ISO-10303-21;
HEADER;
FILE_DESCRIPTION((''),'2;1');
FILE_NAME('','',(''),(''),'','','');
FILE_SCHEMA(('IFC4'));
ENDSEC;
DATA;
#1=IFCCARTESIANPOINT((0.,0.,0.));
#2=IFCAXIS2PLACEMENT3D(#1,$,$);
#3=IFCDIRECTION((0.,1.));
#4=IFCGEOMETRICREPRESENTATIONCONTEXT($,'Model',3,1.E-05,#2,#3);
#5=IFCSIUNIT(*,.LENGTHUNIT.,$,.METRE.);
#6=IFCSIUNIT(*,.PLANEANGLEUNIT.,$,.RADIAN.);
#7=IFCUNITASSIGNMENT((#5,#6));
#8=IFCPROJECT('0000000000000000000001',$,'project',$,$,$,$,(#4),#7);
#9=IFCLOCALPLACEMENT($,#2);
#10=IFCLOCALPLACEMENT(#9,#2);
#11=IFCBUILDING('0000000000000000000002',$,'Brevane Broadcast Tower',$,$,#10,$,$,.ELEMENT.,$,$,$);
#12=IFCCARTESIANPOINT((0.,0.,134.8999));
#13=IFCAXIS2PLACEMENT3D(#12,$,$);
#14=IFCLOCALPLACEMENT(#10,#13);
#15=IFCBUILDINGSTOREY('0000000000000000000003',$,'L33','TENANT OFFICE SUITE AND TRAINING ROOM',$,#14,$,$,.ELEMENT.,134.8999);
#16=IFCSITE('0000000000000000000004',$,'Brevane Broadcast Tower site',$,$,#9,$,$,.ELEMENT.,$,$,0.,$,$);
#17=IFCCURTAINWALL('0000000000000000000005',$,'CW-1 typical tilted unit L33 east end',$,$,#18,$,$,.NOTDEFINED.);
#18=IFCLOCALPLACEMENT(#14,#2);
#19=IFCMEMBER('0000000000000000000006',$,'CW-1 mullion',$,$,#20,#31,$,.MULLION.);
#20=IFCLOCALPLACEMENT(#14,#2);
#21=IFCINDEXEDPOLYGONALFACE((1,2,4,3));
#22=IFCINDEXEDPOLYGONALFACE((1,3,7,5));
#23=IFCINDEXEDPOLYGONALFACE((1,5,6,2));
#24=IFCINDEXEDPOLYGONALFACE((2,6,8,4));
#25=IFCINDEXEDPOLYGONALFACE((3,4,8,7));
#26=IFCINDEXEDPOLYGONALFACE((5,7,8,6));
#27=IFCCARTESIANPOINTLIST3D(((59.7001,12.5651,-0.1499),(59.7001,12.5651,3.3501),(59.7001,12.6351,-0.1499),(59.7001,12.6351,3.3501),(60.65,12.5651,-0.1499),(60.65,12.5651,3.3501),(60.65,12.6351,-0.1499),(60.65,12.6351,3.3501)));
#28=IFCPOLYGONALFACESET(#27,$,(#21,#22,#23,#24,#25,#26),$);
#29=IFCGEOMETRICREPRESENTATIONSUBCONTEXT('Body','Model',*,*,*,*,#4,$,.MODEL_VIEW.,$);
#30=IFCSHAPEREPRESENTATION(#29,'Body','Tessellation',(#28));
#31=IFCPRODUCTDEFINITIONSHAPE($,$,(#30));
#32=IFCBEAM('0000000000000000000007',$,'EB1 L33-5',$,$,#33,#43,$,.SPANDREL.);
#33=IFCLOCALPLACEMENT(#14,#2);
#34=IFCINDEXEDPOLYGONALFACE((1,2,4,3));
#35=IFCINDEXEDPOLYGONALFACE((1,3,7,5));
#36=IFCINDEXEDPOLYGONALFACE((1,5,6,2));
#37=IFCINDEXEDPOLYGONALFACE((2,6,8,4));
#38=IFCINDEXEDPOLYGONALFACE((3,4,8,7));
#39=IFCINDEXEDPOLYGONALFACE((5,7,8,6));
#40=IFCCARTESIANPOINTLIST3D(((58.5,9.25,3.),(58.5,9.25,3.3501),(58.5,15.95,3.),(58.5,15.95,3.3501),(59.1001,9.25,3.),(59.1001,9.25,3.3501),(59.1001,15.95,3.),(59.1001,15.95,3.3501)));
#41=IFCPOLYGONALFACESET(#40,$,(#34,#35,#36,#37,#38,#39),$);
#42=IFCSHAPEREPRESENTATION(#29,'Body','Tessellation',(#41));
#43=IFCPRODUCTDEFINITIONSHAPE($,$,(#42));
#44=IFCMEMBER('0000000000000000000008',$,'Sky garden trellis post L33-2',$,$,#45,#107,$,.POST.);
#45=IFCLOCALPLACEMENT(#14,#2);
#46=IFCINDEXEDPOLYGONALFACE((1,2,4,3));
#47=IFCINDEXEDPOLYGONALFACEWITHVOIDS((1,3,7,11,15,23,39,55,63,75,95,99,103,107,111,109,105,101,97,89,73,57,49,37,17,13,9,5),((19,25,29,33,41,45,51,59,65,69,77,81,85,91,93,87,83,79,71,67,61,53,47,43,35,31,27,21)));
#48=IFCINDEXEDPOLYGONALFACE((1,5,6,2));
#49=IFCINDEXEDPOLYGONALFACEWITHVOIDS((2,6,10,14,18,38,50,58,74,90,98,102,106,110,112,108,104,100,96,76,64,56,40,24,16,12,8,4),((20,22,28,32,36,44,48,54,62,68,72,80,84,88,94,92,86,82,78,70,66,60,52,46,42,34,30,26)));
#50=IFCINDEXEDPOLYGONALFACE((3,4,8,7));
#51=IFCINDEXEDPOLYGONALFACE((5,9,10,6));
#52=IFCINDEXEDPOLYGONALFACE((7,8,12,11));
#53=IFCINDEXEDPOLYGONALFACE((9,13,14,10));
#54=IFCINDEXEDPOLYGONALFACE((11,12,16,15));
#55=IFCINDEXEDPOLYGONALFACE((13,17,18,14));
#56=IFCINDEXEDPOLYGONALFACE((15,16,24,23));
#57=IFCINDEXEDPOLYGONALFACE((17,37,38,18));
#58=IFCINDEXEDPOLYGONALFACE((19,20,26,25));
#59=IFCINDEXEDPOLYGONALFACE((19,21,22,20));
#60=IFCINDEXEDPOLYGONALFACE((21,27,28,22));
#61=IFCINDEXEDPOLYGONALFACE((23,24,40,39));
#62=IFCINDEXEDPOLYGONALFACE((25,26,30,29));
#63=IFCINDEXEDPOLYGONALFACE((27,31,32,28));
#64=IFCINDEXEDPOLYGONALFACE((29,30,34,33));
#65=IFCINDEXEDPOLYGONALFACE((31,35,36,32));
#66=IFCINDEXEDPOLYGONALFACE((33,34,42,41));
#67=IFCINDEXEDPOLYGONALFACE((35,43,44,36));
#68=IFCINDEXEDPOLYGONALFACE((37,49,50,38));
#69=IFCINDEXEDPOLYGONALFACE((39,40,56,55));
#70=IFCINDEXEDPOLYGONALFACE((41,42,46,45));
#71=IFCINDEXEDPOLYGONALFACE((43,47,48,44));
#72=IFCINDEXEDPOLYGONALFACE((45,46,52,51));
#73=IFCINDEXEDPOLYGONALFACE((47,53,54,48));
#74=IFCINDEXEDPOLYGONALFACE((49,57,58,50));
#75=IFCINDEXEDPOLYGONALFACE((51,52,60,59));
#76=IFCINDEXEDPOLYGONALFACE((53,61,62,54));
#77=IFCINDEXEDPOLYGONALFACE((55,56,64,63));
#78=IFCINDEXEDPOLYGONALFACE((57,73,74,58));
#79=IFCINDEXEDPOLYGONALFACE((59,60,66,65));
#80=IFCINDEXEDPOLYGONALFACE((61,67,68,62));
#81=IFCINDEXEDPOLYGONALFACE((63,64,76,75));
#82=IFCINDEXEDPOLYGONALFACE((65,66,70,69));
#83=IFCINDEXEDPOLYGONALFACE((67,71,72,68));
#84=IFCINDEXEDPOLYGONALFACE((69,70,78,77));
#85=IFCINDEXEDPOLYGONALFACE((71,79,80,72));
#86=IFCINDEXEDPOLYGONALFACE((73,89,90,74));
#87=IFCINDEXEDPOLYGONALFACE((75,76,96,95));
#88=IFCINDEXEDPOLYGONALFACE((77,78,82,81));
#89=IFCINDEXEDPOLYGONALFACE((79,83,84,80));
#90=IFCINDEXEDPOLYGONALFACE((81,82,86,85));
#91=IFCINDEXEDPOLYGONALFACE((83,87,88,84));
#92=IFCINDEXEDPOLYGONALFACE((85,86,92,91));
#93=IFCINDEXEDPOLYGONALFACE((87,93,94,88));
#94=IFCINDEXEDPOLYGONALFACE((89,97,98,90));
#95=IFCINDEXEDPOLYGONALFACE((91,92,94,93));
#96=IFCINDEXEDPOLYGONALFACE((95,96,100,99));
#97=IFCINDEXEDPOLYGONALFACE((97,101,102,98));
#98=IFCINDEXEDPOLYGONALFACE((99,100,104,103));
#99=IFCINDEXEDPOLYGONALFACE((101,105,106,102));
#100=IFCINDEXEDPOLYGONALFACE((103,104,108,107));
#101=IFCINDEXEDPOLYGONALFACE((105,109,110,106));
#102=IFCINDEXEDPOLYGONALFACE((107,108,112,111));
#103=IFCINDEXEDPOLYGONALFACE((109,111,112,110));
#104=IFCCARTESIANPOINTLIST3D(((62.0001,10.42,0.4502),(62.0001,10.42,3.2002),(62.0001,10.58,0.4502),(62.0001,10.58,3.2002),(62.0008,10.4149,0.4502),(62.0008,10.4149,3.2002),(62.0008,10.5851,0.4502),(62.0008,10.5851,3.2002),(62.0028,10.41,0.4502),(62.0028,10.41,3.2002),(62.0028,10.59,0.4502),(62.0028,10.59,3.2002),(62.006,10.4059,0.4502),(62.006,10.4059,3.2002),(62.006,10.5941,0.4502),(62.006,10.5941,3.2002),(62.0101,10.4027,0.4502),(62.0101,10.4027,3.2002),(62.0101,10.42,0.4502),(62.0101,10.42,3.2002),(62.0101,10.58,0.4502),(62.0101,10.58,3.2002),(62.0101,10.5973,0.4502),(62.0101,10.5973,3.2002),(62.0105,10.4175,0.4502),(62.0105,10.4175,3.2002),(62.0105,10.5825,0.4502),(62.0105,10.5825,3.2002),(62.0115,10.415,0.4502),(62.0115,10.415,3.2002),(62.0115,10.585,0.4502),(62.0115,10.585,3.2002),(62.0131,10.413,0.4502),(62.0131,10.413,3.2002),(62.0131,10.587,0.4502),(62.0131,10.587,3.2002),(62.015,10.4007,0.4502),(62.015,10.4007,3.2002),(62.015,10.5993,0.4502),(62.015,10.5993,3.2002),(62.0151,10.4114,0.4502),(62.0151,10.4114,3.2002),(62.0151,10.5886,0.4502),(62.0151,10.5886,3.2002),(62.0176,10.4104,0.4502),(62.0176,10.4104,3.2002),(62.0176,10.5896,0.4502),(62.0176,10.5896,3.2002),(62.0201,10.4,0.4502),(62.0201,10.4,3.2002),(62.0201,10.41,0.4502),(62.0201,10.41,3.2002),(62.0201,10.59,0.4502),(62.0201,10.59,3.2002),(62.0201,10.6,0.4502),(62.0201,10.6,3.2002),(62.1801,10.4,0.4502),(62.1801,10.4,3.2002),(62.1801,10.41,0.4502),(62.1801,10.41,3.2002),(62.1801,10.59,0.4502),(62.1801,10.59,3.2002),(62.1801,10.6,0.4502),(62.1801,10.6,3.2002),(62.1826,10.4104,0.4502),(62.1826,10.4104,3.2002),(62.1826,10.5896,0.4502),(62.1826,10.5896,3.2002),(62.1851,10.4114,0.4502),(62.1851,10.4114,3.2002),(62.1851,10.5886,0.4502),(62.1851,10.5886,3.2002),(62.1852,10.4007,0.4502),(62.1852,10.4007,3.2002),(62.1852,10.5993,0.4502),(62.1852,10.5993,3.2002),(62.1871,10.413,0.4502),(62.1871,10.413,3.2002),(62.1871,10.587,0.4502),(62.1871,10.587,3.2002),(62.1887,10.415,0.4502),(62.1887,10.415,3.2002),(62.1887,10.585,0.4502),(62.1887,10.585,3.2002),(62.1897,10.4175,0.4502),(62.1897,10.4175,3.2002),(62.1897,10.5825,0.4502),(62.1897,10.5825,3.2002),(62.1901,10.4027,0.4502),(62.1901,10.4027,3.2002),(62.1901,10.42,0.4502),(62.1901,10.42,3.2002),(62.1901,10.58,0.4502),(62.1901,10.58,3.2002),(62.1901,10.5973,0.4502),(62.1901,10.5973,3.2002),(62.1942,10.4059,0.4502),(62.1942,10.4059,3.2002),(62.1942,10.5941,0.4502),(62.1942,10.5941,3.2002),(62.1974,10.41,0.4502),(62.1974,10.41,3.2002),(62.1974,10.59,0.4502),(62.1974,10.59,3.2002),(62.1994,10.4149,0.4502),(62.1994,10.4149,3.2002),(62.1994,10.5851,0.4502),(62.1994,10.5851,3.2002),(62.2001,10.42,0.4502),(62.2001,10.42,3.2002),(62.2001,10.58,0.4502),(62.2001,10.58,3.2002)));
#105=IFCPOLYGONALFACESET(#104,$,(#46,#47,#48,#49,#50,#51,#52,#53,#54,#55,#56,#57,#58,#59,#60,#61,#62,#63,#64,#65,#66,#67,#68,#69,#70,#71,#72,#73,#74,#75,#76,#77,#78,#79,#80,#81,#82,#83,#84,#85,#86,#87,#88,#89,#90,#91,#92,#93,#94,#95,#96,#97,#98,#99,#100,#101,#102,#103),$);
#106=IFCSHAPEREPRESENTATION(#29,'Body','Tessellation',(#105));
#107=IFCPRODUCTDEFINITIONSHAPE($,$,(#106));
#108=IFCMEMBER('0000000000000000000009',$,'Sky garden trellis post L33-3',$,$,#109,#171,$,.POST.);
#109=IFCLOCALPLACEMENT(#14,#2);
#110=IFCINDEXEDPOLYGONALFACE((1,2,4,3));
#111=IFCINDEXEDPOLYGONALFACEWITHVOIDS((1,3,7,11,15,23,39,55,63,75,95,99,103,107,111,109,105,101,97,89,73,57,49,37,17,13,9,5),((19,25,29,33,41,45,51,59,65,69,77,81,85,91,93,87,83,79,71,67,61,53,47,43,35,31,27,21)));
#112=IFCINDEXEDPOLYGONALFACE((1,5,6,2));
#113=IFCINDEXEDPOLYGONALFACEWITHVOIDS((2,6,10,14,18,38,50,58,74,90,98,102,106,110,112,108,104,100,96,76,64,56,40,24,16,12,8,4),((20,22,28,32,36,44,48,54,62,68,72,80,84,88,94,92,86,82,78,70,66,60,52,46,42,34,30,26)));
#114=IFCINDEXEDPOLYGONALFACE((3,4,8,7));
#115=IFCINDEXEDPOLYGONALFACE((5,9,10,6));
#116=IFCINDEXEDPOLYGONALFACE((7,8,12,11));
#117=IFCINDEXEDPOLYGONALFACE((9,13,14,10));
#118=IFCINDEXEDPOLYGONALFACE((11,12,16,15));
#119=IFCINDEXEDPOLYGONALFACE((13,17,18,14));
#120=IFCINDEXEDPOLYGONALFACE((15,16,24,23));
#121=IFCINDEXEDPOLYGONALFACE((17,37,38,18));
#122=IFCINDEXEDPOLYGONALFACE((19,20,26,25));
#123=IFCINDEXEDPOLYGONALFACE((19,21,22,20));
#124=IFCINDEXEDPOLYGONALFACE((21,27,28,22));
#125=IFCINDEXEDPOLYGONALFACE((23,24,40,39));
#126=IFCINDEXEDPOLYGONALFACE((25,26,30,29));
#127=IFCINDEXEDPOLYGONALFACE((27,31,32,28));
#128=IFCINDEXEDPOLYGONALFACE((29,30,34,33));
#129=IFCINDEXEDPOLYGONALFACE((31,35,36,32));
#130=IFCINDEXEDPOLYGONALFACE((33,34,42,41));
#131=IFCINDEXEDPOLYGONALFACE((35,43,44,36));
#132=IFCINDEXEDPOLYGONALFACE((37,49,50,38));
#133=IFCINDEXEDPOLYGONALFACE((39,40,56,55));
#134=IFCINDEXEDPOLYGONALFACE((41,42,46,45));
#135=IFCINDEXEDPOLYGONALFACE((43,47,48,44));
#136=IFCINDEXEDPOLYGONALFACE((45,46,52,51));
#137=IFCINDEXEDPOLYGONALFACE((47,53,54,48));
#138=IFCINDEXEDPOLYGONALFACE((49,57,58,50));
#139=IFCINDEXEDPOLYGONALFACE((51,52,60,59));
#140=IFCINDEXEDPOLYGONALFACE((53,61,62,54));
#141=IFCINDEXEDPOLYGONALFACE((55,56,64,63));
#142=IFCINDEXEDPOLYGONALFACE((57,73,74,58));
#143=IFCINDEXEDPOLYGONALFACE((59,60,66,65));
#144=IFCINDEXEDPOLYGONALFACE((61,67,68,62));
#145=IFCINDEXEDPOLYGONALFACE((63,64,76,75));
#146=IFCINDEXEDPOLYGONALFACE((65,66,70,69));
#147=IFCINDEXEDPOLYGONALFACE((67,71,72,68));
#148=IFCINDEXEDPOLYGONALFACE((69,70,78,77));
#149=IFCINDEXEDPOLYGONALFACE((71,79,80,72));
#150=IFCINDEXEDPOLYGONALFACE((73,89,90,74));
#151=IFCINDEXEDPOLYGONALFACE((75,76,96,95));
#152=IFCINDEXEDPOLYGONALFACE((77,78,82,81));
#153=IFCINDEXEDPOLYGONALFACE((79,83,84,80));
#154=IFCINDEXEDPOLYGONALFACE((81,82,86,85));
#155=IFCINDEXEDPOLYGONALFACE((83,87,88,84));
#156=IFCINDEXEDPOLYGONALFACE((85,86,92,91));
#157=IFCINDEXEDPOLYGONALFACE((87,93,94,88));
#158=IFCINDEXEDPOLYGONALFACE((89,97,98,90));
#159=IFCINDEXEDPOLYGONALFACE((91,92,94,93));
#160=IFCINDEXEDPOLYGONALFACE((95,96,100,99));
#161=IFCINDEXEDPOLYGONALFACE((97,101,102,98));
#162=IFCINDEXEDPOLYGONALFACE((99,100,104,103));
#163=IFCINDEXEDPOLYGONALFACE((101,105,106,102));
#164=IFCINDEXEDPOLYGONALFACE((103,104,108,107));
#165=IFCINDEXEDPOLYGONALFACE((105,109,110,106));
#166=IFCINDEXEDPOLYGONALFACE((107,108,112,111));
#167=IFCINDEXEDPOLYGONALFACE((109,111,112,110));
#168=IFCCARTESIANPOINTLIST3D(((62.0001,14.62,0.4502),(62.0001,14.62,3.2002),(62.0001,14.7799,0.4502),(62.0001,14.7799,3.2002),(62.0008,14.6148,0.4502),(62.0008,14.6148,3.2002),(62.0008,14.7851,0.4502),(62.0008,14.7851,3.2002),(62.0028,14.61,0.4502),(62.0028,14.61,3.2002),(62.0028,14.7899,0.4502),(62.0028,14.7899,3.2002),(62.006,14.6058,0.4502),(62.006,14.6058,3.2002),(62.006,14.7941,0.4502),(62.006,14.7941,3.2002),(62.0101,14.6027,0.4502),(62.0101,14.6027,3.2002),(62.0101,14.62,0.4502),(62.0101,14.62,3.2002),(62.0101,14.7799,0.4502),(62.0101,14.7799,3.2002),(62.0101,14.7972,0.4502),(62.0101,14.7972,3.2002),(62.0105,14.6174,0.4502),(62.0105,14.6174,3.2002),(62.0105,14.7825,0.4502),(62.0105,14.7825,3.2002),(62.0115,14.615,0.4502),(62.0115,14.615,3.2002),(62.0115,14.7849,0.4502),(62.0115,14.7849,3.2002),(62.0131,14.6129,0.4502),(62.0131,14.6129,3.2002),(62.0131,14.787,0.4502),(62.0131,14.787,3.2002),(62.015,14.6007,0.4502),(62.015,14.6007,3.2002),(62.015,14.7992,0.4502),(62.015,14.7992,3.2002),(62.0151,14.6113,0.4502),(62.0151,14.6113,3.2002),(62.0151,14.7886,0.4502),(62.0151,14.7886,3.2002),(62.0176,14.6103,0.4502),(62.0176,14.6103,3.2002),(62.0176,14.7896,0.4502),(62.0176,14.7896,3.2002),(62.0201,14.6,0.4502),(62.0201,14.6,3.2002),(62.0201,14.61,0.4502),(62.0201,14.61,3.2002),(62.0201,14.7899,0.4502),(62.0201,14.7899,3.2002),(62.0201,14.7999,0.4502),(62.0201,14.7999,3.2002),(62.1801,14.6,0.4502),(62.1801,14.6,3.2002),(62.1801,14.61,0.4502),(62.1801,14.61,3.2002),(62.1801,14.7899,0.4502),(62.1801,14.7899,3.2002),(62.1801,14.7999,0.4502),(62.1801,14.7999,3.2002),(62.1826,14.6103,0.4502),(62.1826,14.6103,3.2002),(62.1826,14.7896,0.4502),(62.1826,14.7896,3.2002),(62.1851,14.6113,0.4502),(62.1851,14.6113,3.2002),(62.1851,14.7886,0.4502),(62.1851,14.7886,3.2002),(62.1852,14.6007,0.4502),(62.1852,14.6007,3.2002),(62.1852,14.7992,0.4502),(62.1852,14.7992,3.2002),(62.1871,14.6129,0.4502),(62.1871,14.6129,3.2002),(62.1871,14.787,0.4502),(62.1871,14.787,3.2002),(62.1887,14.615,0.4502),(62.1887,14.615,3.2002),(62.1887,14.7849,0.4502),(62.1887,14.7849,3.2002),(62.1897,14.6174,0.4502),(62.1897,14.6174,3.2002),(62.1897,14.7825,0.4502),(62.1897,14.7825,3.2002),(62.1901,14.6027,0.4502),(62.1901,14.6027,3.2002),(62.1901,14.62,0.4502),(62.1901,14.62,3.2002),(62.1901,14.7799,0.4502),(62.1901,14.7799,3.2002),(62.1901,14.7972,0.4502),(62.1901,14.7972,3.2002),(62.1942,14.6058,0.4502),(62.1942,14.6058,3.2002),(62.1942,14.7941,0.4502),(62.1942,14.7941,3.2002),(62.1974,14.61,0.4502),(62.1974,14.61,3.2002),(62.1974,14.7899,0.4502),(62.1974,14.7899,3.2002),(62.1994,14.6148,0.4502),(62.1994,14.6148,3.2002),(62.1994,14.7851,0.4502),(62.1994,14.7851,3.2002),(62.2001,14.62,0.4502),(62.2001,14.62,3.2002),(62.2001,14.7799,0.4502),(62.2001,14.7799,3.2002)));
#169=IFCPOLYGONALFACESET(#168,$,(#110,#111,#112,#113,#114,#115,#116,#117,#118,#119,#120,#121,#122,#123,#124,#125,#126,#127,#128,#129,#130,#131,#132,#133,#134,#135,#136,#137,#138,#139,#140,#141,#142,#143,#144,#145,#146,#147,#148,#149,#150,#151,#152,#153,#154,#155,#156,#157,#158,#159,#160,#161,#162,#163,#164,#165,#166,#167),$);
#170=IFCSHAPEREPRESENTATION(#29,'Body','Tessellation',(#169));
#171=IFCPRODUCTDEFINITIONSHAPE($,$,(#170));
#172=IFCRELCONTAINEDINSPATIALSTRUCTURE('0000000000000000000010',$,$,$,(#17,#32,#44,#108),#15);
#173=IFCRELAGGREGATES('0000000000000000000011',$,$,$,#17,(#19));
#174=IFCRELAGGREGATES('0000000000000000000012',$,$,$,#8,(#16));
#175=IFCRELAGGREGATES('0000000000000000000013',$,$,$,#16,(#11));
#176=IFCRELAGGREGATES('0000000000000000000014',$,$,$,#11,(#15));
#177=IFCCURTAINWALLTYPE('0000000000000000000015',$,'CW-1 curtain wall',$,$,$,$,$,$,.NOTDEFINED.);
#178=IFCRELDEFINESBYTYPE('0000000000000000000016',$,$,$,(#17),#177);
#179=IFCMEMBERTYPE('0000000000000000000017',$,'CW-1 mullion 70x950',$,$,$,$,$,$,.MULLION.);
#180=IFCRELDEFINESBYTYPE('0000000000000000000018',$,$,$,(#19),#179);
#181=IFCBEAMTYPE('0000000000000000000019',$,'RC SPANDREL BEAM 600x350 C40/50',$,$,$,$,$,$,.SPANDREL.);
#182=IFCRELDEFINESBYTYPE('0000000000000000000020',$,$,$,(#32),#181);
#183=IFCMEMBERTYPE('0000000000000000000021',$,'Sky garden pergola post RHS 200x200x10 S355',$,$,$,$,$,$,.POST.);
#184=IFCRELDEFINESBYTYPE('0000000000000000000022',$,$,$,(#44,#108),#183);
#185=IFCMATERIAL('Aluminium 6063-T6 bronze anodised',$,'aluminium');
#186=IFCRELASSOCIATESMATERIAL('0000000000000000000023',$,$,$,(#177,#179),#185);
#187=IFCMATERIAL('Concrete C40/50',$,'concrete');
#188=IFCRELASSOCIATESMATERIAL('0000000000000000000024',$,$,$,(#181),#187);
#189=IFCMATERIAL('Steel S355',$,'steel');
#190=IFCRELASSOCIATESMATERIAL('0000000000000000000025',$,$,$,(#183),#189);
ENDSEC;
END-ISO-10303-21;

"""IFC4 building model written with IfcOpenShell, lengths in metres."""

from ifc_helpers import new_model, si_unit, direction, frame, origin, origin_2d, place, context, subcontext, project, spatial, rectangle, hollow_rectangle, extrude, material, material_profile, profile_set, type_object, element, aggregate, save


model = new_model("IFC4")

# Units and contexts
model_context = context("Model", 3, precision=1e-05, world=origin(), true_north=direction((0.0, 1.0)))
body_context = subcontext(model_context, "Body", "Model", "MODEL_VIEW")
ifc_project = project(units=[si_unit("LENGTHUNIT", "METRE"), si_unit("PLANEANGLEUNIT", "RADIAN")], contexts=[model_context])

# Site, building, storey
site_placement = place(None, origin())
site = spatial("IfcSite", under=ifc_project, at=site_placement, Name="Brevane Broadcast Tower site", CompositionType="ELEMENT", RefElevation=0.0)
building_placement = place(site_placement, origin())
building = spatial("IfcBuilding", under=site, at=building_placement, Name="Brevane Broadcast Tower", CompositionType="ELEMENT")
storey_placement = place(building_placement, frame((0.0, 0.0, 134.8999)))
storey = spatial("IfcBuildingStorey", under=building, at=storey_placement, Name="L33", Description="TENANT OFFICE SUITE AND TRAINING ROOM", CompositionType="ELEMENT", Elevation=134.8999)

# Curtain wall, member
ifc_material_1 = material(Name="Aluminium 6063-T6 bronze anodised", Category="aluminium")
curtain_wall_type = type_object("IfcCurtainWallType", Name="CW-1 curtain wall", PredefinedType="NOTDEFINED", material=ifc_material_1)
curtain_wall_placement = place(storey_placement, origin())
curtain_wall = element("IfcCurtainWall", 1, at=curtain_wall_placement, inside=storey, type_object=curtain_wall_type, Name="CW-1 typical tilted unit L33 east end", PredefinedType="NOTDEFINED")
ifc_material_profile_1 = material_profile(ifc_material_1, rectangle(XDim=0.95, YDim=0.0701, at=origin_2d()), Name="RECT 70x950")
ifc_profile_set_1 = profile_set([ifc_material_profile_1], Name="Aluminium 6063-T6 bronze anodised")
member_type_1 = type_object("IfcMemberType", Name="CW-1 mullion 70x950", PredefinedType="MULLION", material=ifc_profile_set_1)
member_placement = place(storey_placement, frame((60.175, 12.6001, -0.1499), z_axis=(0.0, 0.0, 1.0), x_axis=(-1.0, 0.0, 0.0)))
member = element("IfcMember", 2, at=member_placement, type_object=member_type_1, Name="CW-1 mullion", PredefinedType="MULLION", context=body_context, shape_type="SweptSolid", body=[
    extrude(rectangle(XDim=0.95, YDim=0.0701, at=origin_2d()), origin(), (0.0, 0.0, 1.0), 3.5),
])
aggregate(curtain_wall, [member])

# Beam
ifc_material_2 = material(Name="Concrete C40/50", Category="concrete")
ifc_material_profile_2 = material_profile(ifc_material_2, rectangle(XDim=0.6001, YDim=0.3501, at=origin_2d()), Name="RC 600x350")
ifc_profile_set_2 = profile_set([ifc_material_profile_2], Name="Concrete C40/50")
beam_type = type_object("IfcBeamType", Name="RC SPANDREL BEAM 600x350 C40/50", PredefinedType="SPANDREL", material=ifc_profile_set_2)
beam_placement = place(storey_placement, frame((58.8, 9.25, 3.175), z_axis=(0.0, 1.0, 0.0), x_axis=(-1.0, 0.0, 0.0)))
element("IfcBeam", 3, at=beam_placement, inside=storey, type_object=beam_type, Name="EB1 L33-5", PredefinedType="SPANDREL", context=body_context, shape_type="SweptSolid", body=[
    extrude(rectangle(XDim=0.6001, YDim=0.3501, at=origin_2d()), origin(), (0.0, 0.0, 1.0), 6.7),
])

# Members
ifc_material_3 = material(Name="Steel S355", Category="steel")
ifc_material_profile_3 = material_profile(ifc_material_3, hollow_rectangle(XDim=0.2, YDim=0.2, WallThickness=0.01, InnerFilletRadius=0.01, OuterFilletRadius=0.02, at=origin_2d()), Name="RHS 200x200x10")
ifc_profile_set_3 = profile_set([ifc_material_profile_3], Name="Steel S355")
member_type_2 = type_object("IfcMemberType", Name="Sky garden pergola post RHS 200x200x10 S355", PredefinedType="POST", material=ifc_profile_set_3)
for number, where, z_axis, x_axis, name in (
    (4, (62.1001, 10.5, 0.4502), (0.0, 0.0, 1.0), (1.0, 0.0, 0.0), "Sky garden trellis post L33-2"),
    (5, (62.1001, 14.7, 0.4502), (0.0, 0.0, 1.0), (1.0, 0.0, 0.0), "Sky garden trellis post L33-3"),
):
    element("IfcMember", number, at=place(storey_placement, frame(where, z_axis=z_axis, x_axis=x_axis)), inside=storey, type_object=member_type_2, Name=name, PredefinedType="POST", context=body_context, shape_type="SweptSolid", body=[
        extrude(hollow_rectangle(XDim=0.2, YDim=0.2, WallThickness=0.01, InnerFilletRadius=0.01, OuterFilletRadius=0.02, at=origin_2d()), origin(), (0.0, 0.0, 1.0), 2.75),
    ])

save(model, "model.ifc")
